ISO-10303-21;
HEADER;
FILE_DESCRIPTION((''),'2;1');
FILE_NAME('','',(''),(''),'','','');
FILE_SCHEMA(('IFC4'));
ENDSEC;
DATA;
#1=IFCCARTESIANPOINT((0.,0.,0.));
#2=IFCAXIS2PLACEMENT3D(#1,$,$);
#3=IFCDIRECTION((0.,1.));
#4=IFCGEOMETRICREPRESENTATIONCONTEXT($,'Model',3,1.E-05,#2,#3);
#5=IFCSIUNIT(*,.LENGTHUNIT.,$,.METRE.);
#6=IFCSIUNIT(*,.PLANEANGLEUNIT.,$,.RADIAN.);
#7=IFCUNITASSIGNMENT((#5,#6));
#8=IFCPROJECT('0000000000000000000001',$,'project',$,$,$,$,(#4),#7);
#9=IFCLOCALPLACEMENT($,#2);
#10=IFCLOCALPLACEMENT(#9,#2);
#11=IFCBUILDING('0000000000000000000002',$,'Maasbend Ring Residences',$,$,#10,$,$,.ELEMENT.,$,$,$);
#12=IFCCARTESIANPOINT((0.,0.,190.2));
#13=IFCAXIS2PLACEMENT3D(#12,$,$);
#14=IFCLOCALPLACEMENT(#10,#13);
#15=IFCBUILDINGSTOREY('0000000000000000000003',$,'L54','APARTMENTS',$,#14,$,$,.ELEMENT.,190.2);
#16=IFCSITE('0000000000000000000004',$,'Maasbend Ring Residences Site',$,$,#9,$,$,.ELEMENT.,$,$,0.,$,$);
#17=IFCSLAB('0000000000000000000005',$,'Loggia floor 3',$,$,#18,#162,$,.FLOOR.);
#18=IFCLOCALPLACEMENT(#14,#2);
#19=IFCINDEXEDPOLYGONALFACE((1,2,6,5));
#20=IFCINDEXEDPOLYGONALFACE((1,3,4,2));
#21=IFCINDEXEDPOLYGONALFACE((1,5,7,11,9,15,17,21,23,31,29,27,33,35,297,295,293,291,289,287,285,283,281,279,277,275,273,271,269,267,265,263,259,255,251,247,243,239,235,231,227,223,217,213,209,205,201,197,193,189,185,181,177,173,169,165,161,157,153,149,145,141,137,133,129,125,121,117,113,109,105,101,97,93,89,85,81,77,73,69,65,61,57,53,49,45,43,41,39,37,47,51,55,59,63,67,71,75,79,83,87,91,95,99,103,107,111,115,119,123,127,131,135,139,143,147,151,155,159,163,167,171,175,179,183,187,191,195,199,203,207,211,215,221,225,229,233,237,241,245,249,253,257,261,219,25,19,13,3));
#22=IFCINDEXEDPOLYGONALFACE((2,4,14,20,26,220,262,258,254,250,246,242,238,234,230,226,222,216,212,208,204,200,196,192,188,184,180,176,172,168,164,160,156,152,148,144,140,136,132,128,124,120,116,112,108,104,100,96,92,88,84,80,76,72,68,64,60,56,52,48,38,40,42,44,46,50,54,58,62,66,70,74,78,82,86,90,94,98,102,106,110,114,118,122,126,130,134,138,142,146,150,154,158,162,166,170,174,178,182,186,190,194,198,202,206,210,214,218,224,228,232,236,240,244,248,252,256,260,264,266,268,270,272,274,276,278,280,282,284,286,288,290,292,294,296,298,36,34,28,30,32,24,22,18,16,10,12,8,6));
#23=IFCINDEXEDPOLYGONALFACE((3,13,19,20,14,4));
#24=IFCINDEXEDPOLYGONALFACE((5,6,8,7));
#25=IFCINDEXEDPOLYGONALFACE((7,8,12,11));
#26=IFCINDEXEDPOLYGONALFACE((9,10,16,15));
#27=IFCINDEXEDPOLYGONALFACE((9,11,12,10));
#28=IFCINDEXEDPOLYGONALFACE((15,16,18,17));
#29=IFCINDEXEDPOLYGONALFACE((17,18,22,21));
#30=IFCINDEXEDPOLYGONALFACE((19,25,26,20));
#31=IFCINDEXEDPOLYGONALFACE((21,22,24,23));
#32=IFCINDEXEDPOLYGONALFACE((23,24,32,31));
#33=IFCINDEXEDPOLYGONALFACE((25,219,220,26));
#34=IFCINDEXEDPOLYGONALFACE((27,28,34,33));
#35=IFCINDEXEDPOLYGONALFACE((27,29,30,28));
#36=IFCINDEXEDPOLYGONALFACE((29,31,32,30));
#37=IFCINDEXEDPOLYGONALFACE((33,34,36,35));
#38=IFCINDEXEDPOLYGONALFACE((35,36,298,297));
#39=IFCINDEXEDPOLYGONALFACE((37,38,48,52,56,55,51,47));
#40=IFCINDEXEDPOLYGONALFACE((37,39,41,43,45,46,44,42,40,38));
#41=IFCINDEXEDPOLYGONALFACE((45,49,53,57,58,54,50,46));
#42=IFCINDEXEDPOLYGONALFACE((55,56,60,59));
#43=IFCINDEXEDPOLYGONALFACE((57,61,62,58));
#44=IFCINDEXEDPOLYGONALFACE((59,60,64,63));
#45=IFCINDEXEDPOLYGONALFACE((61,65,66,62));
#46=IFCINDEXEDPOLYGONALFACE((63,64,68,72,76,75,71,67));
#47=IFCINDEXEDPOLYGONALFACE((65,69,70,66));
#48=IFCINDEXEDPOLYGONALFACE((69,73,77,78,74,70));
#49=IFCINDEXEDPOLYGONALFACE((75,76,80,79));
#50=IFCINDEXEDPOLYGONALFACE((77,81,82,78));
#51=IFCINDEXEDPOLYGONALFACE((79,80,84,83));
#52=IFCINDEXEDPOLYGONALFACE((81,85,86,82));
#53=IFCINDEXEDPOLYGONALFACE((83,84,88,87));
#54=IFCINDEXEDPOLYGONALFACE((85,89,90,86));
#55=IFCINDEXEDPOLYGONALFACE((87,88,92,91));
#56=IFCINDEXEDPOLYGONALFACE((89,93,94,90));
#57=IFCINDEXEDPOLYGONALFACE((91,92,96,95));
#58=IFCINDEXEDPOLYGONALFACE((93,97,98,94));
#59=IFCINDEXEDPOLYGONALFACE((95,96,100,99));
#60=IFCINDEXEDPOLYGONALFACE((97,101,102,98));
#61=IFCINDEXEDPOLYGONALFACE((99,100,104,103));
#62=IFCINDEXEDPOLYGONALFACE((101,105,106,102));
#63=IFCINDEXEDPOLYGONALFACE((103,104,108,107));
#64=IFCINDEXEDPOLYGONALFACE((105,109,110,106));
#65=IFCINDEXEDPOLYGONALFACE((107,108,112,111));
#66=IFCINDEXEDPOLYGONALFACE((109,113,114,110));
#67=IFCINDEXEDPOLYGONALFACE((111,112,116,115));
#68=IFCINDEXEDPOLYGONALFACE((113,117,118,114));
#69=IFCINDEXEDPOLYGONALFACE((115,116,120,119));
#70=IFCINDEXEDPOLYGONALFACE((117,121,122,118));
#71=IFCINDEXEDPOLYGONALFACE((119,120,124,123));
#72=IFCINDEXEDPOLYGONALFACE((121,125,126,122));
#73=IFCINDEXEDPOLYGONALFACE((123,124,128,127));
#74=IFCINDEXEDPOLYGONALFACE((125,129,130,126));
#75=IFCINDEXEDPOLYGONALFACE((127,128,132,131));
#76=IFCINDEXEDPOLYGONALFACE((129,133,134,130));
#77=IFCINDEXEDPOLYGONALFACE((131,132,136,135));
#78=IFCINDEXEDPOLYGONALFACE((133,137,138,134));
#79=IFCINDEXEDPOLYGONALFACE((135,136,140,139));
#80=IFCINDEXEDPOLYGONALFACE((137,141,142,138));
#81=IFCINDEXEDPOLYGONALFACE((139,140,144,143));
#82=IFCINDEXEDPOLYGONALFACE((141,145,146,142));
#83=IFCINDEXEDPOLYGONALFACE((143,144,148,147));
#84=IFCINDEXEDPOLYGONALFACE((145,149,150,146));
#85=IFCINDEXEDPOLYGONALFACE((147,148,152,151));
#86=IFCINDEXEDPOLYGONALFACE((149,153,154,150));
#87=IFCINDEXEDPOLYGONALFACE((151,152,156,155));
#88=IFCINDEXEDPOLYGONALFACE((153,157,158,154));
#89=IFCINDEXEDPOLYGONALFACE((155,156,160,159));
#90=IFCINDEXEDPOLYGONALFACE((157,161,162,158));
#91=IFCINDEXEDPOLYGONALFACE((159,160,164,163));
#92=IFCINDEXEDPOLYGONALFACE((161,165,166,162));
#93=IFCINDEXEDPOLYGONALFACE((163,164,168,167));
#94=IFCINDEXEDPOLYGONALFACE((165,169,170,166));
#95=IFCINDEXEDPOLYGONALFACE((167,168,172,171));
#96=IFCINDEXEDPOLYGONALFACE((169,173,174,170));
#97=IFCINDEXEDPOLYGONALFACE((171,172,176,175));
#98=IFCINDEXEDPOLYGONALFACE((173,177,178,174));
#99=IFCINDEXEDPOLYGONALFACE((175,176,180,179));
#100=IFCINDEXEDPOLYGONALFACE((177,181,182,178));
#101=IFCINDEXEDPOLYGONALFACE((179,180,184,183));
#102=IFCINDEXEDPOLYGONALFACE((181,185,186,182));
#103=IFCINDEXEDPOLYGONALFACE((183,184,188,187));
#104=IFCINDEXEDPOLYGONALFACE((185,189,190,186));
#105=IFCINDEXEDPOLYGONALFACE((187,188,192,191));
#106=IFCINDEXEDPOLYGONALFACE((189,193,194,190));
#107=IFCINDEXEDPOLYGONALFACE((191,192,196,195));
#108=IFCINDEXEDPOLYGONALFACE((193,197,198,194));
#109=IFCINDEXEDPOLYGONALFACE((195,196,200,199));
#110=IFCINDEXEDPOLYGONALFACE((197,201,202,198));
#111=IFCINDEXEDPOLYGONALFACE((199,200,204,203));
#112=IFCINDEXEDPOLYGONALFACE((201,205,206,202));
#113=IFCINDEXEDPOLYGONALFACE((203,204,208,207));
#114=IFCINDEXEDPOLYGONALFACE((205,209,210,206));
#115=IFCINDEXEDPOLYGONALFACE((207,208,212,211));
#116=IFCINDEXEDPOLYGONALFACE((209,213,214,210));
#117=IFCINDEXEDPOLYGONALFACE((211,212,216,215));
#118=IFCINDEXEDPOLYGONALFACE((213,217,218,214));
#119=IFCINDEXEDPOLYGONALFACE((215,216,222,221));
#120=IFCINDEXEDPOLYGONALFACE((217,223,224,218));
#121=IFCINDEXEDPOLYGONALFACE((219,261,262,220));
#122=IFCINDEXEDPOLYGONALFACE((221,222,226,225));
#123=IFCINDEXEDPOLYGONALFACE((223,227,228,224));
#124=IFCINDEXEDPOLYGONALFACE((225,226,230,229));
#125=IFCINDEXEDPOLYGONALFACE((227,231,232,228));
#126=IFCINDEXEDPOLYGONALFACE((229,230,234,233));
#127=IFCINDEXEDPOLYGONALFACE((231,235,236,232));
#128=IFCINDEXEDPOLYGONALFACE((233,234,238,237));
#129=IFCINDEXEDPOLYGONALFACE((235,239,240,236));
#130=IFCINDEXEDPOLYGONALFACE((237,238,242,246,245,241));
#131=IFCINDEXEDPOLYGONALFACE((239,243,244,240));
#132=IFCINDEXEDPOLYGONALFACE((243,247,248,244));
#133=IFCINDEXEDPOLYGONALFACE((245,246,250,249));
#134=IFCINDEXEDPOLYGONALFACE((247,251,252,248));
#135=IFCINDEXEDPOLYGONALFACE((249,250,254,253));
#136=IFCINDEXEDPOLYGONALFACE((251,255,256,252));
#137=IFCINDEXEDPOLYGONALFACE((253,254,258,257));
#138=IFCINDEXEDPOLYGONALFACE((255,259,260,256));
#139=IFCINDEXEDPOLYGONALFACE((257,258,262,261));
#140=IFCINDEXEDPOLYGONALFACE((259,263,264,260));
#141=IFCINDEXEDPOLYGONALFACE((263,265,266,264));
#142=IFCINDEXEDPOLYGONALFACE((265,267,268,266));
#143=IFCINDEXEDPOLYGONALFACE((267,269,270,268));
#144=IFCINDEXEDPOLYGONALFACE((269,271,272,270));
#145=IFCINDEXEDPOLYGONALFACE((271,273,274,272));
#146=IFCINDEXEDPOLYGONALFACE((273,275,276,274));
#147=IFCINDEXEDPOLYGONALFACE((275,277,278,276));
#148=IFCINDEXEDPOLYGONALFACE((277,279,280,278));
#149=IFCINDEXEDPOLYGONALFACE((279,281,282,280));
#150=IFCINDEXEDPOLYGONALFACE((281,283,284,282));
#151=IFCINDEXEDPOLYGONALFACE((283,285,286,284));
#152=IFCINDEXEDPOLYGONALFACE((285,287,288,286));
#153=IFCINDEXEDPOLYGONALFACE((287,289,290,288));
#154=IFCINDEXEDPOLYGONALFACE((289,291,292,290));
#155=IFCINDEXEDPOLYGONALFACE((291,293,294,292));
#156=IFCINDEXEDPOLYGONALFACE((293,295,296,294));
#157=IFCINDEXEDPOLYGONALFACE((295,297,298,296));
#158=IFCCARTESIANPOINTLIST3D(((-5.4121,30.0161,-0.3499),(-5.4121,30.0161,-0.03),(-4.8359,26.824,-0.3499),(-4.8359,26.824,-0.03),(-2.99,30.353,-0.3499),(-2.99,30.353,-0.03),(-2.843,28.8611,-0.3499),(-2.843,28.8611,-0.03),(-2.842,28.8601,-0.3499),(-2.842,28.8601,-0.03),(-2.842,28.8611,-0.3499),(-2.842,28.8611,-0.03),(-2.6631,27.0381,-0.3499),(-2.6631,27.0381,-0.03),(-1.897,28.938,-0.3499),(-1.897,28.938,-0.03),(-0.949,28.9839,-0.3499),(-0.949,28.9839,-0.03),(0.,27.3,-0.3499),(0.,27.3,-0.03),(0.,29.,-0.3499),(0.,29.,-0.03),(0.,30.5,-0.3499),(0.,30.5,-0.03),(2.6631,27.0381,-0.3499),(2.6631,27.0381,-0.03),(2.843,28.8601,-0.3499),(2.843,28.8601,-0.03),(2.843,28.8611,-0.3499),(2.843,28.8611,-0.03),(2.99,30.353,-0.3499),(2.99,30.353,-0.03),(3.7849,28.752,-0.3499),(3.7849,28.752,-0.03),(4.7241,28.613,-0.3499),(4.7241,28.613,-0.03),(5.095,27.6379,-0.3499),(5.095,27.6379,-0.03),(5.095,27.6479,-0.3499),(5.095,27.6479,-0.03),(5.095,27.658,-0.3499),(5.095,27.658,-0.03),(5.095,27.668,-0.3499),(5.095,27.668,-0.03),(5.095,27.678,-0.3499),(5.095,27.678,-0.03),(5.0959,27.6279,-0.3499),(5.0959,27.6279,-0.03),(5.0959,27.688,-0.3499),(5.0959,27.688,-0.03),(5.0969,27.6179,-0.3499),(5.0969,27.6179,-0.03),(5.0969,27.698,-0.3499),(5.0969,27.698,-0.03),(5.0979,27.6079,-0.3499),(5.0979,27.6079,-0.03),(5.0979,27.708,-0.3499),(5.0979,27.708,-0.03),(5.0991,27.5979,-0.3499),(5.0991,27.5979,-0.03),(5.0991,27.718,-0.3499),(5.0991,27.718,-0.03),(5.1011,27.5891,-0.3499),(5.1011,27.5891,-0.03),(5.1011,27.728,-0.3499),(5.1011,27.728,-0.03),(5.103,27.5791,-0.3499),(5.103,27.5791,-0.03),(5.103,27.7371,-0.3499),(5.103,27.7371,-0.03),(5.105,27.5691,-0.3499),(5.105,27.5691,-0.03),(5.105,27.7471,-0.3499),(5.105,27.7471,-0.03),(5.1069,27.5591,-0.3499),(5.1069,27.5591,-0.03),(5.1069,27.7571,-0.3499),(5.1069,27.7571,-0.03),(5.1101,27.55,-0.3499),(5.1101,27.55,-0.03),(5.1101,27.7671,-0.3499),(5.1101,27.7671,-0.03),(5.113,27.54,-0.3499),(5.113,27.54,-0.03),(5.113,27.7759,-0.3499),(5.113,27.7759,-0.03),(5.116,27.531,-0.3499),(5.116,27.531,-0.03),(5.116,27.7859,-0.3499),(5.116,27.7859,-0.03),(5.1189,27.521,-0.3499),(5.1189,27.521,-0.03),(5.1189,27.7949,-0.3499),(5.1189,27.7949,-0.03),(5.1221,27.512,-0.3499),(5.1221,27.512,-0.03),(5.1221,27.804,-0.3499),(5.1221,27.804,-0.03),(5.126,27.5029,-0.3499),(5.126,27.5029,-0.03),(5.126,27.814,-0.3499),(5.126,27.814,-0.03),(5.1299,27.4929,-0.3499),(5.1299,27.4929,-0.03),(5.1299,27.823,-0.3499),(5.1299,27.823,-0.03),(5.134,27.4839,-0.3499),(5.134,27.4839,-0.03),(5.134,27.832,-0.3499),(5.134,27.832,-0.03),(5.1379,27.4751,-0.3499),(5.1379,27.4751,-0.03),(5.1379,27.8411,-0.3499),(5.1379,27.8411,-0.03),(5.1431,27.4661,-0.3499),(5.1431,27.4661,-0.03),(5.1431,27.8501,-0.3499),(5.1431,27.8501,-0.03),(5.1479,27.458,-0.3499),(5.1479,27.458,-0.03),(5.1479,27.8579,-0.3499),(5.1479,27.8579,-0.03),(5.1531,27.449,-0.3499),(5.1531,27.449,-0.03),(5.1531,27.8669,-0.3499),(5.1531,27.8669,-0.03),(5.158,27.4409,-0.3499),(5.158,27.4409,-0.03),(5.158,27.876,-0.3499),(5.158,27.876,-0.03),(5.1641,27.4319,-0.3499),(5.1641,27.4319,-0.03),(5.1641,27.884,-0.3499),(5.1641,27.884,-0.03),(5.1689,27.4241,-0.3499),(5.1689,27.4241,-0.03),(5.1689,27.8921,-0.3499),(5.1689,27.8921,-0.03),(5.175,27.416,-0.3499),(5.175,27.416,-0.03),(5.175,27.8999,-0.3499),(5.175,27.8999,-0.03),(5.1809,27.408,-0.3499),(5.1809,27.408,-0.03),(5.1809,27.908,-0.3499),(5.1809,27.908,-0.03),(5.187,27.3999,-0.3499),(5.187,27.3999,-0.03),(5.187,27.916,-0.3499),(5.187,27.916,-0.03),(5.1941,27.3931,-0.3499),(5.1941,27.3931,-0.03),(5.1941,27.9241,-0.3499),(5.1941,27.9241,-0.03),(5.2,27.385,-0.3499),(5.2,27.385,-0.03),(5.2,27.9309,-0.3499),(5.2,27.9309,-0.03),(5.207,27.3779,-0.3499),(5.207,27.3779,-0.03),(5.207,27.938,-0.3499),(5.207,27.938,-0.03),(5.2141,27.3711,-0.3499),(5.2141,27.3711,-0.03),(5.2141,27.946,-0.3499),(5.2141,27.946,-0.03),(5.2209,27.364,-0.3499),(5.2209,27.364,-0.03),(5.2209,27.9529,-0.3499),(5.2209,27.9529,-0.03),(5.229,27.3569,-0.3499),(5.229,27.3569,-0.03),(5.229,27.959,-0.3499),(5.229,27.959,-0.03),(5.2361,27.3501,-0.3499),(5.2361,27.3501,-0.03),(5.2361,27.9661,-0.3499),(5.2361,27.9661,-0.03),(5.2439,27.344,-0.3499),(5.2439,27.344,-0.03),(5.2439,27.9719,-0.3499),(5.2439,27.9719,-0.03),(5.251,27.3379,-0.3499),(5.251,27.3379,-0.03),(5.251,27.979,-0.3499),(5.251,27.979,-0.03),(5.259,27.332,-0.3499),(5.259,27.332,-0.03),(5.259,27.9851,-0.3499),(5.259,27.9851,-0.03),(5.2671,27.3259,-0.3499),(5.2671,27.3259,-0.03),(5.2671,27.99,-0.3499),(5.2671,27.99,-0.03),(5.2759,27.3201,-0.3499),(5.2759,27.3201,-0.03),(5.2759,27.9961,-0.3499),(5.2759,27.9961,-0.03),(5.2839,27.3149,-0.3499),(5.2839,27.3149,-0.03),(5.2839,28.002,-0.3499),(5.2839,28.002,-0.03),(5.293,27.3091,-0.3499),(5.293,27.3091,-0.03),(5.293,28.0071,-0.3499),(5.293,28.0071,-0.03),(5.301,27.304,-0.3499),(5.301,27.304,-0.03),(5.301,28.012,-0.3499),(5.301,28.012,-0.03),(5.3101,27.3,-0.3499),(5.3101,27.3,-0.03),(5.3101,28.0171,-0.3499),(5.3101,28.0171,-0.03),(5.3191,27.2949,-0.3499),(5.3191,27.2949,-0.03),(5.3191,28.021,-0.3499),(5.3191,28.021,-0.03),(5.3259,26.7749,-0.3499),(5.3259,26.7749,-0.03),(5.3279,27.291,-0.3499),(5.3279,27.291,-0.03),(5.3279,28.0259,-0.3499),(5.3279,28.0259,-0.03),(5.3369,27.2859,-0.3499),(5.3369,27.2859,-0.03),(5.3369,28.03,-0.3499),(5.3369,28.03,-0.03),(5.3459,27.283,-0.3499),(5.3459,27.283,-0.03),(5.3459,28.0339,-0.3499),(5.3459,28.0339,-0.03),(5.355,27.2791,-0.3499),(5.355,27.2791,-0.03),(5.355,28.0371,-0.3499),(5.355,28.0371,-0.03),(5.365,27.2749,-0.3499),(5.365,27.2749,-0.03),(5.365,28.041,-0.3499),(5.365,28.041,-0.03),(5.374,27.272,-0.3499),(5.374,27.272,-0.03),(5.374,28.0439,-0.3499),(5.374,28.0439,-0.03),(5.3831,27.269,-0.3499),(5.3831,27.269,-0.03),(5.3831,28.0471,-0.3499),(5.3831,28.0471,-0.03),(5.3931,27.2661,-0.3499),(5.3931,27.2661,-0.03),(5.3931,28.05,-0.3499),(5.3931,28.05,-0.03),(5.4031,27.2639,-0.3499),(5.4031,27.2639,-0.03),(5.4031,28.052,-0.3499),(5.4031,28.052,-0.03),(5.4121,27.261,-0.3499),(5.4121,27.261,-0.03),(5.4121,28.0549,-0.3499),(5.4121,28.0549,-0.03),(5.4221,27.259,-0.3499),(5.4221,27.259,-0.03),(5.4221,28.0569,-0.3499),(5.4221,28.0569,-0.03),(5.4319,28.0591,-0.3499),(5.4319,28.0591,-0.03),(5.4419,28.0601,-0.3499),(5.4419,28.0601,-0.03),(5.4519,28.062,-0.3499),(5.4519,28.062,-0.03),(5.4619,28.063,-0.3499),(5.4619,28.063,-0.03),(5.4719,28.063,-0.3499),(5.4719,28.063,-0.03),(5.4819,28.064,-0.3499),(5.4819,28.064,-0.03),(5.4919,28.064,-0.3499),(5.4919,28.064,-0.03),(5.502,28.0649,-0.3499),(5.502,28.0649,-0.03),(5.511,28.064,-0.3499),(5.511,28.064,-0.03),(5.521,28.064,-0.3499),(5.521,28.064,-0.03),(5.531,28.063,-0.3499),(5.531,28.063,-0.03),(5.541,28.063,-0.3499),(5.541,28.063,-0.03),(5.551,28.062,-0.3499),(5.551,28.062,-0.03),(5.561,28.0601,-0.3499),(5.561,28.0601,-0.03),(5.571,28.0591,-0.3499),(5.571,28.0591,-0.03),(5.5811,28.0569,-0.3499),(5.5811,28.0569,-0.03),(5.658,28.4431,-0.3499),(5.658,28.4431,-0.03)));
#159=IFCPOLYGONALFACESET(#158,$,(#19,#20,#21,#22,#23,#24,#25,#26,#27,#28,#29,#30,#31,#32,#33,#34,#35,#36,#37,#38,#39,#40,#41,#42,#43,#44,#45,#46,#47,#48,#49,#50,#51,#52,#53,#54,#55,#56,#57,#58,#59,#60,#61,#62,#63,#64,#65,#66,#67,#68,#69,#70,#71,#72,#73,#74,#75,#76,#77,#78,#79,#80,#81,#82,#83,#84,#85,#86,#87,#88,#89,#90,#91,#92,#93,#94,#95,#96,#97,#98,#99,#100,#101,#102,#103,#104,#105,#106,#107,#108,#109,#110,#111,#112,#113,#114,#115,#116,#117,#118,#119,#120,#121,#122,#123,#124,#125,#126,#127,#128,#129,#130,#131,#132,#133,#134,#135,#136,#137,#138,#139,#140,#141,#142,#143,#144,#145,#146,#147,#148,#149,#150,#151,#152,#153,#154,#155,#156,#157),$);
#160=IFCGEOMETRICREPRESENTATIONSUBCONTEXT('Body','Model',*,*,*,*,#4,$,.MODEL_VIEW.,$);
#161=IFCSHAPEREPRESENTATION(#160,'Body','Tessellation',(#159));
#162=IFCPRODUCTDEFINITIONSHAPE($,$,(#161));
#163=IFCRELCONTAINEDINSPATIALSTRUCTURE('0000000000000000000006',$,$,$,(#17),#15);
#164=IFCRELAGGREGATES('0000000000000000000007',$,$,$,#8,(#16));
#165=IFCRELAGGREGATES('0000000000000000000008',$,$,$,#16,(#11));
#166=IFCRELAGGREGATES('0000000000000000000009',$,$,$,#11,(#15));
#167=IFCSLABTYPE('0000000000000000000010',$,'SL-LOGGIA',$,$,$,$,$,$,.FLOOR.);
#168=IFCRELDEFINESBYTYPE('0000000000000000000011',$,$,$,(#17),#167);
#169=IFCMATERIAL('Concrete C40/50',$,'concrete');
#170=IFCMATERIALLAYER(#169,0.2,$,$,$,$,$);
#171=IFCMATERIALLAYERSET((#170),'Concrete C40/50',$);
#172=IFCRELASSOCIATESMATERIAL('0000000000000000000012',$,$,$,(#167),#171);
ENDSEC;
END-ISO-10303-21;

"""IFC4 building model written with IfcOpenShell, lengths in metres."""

from ifc_helpers import new_model, si_unit, direction, frame, origin, place, context, subcontext, project, spatial, polyline, outline, extrude, material, layer, layer_set, type_object, element, save


model = new_model("IFC4")

# Units and contexts
model_context = context("Model", 3, precision=1e-05, world=origin(), true_north=direction((0.0, 1.0)))
body_context = subcontext(model_context, "Body", "Model", "MODEL_VIEW")
ifc_project = project(units=[si_unit("LENGTHUNIT", "METRE"), si_unit("PLANEANGLEUNIT", "RADIAN")], contexts=[model_context])

# Site, building, storey
site_placement = place(None, origin())
site = spatial("IfcSite", under=ifc_project, at=site_placement, Name="Maasbend Ring Residences Site", CompositionType="ELEMENT", RefElevation=0.0)
building_placement = place(site_placement, origin())
building = spatial("IfcBuilding", under=site, at=building_placement, Name="Maasbend Ring Residences", CompositionType="ELEMENT")
storey_placement = place(building_placement, frame((0.0, 0.0, 190.2)))
storey = spatial("IfcBuildingStorey", under=building, at=storey_placement, Name="L54", Description="APARTMENTS", CompositionType="ELEMENT", Elevation=190.2)

# Slab
ifc_material_1 = material(Name="Concrete C40/50", Category="concrete")
ifc_layer_1 = layer(ifc_material_1, 0.2)
ifc_layer_set_1 = layer_set([ifc_layer_1], Name="Concrete C40/50")
slab_type_1 = type_object("IfcSlabType", Name="SL-LOGGIA", PredefinedType="FLOOR", material=ifc_layer_set_1)
slab_1_placement = place(storey_placement, frame((0.0, 0.0, -0.3499)))
element("IfcSlab", 1, at=slab_1_placement, inside=storey, type_object=slab_type_1, Name="Loggia floor 3", PredefinedType="FLOOR", context=body_context, shape_type="SweptSolid", body=[
    extrude(outline(polyline([(-2.843, 28.8611), (-2.843, 28.8611), (-2.843, 28.8611), (-2.843, 28.8611), (-2.842, 28.8611), (-2.842, 28.8611), (-2.842, 28.8611), (-2.842, 28.8611), (-2.842, 28.8611), (-2.842, 28.8601), (-2.842, 28.8601), (-2.842, 28.8601), (-2.842, 28.8601), (-2.842, 28.8601), (-2.842, 28.8601), (-2.842, 28.8601), (-2.842, 28.8601), (-1.897, 28.938), (-1.897, 28.938), (-0.949, 28.9839), (-0.949, 28.9839), (0.0, 29.0), (0.0, 29.0), (0.0, 29.0), (0.0, 29.0), (0.0, 29.0), (0.0, 29.0), (0.0, 29.0), (0.0, 29.0), (0.0, 29.0), (0.0, 29.0), (0.0, 29.0), (0.0, 29.0), (0.0, 29.0), (0.0, 29.0), (0.0, 29.0), (0.0, 29.0), (0.0, 29.0), (0.0, 30.5), (0.0, 30.5), (0.0, 30.5), (2.99, 30.353), (2.99, 30.353), (2.99, 30.353), (2.843, 28.8611), (2.843, 28.8611), (2.843, 28.8611), (2.843, 28.8611), (2.843, 28.8611), (2.843, 28.8611), (2.843, 28.8611), (2.843, 28.8611), (2.843, 28.8601), (2.843, 28.8601), (2.843, 28.8601), (2.843, 28.8601), (2.843, 28.8601), (2.843, 28.8601), (2.843, 28.8601), (2.843, 28.8601), (2.843, 28.8601), (3.7849, 28.752), (3.7849, 28.752), (4.7241, 28.613), (4.7241, 28.613), (5.658, 28.4431), (5.658, 28.4431), (5.658, 28.4431), (5.5811, 28.0569), (5.5811, 28.0569), (5.571, 28.0591), (5.561, 28.0601), (5.551, 28.062), (5.541, 28.063), (5.531, 28.063), (5.521, 28.064), (5.511, 28.064), (5.502, 28.0649), (5.4919, 28.064), (5.4819, 28.064), (5.4719, 28.063), (5.4619, 28.063), (5.4519, 28.062), (5.4419, 28.0601), (5.4319, 28.0591), (5.4221, 28.0569), (5.4121, 28.0549), (5.4031, 28.052), (5.3931, 28.05), (5.3831, 28.0471), (5.374, 28.0439), (5.365, 28.041), (5.355, 28.0371), (5.3459, 28.0339), (5.3369, 28.03), (5.3279, 28.0259), (5.3191, 28.021), (5.3101, 28.0171), (5.301, 28.012), (5.293, 28.0071), (5.2839, 28.002), (5.2759, 27.9961), (5.2671, 27.99), (5.259, 27.9851), (5.251, 27.979), (5.2439, 27.9719), (5.2361, 27.9661), (5.229, 27.959), (5.2209, 27.9529), (5.2141, 27.946), (5.207, 27.938), (5.2, 27.9309), (5.1941, 27.9241), (5.187, 27.916), (5.1809, 27.908), (5.175, 27.8999), (5.1689, 27.8921), (5.1641, 27.884), (5.158, 27.876), (5.1531, 27.8669), (5.1479, 27.8579), (5.1431, 27.8501), (5.1379, 27.8411), (5.134, 27.832), (5.1299, 27.823), (5.126, 27.814), (5.1221, 27.804), (5.1189, 27.7949), (5.116, 27.7859), (5.113, 27.7759), (5.1101, 27.7671), (5.1069, 27.7571), (5.105, 27.7471), (5.103, 27.7371), (5.1011, 27.728), (5.0991, 27.718), (5.0979, 27.708), (5.0969, 27.698), (5.0959, 27.688), (5.095, 27.678), (5.095, 27.668), (5.095, 27.658), (5.095, 27.6479), (5.095, 27.6379), (5.0959, 27.6279), (5.0969, 27.6179), (5.0979, 27.6079), (5.0991, 27.5979), (5.1011, 27.5891), (5.103, 27.5791), (5.105, 27.5691), (5.1069, 27.5591), (5.1101, 27.55), (5.113, 27.54), (5.116, 27.531), (5.1189, 27.521), (5.1221, 27.512), (5.126, 27.5029), (5.1299, 27.4929), (5.134, 27.4839), (5.1379, 27.4751), (5.1431, 27.4661), (5.1479, 27.458), (5.1531, 27.449), (5.158, 27.4409), (5.1641, 27.4319), (5.1689, 27.4241), (5.175, 27.416), (5.1809, 27.408), (5.187, 27.3999), (5.1941, 27.3931), (5.2, 27.385), (5.207, 27.3779), (5.2141, 27.3711), (5.2209, 27.364), (5.229, 27.3569), (5.2361, 27.3501), (5.2439, 27.344), (5.251, 27.3379), (5.259, 27.332), (5.2671, 27.3259), (5.2759, 27.3201), (5.2839, 27.3149), (5.293, 27.3091), (5.301, 27.304), (5.3101, 27.3), (5.3191, 27.2949), (5.3279, 27.291), (5.3369, 27.2859), (5.3459, 27.283), (5.355, 27.2791), (5.365, 27.2749), (5.374, 27.272), (5.3831, 27.269), (5.3931, 27.2661), (5.4031, 27.2639), (5.4121, 27.261), (5.4221, 27.259), (5.4221, 27.259), (5.3259, 26.7749), (5.3259, 26.7749), (5.3259, 26.7749), (2.6631, 27.0381), (0.0, 27.3), (0.0, 27.3), (0.0, 27.3), (-2.6631, 27.0381), (-4.8359, 26.824), (-4.8359, 26.824), (-4.8359, 26.824), (-5.4121, 30.0161), (-5.4121, 30.0161), (-5.4121, 30.0161), (-2.99, 30.353), (-2.99, 30.353), (-2.99, 30.353), (-2.843, 28.8611)])), origin(), (0.0, 0.0, 1.0), 0.3198),
])

save(model, "model.ifc")
